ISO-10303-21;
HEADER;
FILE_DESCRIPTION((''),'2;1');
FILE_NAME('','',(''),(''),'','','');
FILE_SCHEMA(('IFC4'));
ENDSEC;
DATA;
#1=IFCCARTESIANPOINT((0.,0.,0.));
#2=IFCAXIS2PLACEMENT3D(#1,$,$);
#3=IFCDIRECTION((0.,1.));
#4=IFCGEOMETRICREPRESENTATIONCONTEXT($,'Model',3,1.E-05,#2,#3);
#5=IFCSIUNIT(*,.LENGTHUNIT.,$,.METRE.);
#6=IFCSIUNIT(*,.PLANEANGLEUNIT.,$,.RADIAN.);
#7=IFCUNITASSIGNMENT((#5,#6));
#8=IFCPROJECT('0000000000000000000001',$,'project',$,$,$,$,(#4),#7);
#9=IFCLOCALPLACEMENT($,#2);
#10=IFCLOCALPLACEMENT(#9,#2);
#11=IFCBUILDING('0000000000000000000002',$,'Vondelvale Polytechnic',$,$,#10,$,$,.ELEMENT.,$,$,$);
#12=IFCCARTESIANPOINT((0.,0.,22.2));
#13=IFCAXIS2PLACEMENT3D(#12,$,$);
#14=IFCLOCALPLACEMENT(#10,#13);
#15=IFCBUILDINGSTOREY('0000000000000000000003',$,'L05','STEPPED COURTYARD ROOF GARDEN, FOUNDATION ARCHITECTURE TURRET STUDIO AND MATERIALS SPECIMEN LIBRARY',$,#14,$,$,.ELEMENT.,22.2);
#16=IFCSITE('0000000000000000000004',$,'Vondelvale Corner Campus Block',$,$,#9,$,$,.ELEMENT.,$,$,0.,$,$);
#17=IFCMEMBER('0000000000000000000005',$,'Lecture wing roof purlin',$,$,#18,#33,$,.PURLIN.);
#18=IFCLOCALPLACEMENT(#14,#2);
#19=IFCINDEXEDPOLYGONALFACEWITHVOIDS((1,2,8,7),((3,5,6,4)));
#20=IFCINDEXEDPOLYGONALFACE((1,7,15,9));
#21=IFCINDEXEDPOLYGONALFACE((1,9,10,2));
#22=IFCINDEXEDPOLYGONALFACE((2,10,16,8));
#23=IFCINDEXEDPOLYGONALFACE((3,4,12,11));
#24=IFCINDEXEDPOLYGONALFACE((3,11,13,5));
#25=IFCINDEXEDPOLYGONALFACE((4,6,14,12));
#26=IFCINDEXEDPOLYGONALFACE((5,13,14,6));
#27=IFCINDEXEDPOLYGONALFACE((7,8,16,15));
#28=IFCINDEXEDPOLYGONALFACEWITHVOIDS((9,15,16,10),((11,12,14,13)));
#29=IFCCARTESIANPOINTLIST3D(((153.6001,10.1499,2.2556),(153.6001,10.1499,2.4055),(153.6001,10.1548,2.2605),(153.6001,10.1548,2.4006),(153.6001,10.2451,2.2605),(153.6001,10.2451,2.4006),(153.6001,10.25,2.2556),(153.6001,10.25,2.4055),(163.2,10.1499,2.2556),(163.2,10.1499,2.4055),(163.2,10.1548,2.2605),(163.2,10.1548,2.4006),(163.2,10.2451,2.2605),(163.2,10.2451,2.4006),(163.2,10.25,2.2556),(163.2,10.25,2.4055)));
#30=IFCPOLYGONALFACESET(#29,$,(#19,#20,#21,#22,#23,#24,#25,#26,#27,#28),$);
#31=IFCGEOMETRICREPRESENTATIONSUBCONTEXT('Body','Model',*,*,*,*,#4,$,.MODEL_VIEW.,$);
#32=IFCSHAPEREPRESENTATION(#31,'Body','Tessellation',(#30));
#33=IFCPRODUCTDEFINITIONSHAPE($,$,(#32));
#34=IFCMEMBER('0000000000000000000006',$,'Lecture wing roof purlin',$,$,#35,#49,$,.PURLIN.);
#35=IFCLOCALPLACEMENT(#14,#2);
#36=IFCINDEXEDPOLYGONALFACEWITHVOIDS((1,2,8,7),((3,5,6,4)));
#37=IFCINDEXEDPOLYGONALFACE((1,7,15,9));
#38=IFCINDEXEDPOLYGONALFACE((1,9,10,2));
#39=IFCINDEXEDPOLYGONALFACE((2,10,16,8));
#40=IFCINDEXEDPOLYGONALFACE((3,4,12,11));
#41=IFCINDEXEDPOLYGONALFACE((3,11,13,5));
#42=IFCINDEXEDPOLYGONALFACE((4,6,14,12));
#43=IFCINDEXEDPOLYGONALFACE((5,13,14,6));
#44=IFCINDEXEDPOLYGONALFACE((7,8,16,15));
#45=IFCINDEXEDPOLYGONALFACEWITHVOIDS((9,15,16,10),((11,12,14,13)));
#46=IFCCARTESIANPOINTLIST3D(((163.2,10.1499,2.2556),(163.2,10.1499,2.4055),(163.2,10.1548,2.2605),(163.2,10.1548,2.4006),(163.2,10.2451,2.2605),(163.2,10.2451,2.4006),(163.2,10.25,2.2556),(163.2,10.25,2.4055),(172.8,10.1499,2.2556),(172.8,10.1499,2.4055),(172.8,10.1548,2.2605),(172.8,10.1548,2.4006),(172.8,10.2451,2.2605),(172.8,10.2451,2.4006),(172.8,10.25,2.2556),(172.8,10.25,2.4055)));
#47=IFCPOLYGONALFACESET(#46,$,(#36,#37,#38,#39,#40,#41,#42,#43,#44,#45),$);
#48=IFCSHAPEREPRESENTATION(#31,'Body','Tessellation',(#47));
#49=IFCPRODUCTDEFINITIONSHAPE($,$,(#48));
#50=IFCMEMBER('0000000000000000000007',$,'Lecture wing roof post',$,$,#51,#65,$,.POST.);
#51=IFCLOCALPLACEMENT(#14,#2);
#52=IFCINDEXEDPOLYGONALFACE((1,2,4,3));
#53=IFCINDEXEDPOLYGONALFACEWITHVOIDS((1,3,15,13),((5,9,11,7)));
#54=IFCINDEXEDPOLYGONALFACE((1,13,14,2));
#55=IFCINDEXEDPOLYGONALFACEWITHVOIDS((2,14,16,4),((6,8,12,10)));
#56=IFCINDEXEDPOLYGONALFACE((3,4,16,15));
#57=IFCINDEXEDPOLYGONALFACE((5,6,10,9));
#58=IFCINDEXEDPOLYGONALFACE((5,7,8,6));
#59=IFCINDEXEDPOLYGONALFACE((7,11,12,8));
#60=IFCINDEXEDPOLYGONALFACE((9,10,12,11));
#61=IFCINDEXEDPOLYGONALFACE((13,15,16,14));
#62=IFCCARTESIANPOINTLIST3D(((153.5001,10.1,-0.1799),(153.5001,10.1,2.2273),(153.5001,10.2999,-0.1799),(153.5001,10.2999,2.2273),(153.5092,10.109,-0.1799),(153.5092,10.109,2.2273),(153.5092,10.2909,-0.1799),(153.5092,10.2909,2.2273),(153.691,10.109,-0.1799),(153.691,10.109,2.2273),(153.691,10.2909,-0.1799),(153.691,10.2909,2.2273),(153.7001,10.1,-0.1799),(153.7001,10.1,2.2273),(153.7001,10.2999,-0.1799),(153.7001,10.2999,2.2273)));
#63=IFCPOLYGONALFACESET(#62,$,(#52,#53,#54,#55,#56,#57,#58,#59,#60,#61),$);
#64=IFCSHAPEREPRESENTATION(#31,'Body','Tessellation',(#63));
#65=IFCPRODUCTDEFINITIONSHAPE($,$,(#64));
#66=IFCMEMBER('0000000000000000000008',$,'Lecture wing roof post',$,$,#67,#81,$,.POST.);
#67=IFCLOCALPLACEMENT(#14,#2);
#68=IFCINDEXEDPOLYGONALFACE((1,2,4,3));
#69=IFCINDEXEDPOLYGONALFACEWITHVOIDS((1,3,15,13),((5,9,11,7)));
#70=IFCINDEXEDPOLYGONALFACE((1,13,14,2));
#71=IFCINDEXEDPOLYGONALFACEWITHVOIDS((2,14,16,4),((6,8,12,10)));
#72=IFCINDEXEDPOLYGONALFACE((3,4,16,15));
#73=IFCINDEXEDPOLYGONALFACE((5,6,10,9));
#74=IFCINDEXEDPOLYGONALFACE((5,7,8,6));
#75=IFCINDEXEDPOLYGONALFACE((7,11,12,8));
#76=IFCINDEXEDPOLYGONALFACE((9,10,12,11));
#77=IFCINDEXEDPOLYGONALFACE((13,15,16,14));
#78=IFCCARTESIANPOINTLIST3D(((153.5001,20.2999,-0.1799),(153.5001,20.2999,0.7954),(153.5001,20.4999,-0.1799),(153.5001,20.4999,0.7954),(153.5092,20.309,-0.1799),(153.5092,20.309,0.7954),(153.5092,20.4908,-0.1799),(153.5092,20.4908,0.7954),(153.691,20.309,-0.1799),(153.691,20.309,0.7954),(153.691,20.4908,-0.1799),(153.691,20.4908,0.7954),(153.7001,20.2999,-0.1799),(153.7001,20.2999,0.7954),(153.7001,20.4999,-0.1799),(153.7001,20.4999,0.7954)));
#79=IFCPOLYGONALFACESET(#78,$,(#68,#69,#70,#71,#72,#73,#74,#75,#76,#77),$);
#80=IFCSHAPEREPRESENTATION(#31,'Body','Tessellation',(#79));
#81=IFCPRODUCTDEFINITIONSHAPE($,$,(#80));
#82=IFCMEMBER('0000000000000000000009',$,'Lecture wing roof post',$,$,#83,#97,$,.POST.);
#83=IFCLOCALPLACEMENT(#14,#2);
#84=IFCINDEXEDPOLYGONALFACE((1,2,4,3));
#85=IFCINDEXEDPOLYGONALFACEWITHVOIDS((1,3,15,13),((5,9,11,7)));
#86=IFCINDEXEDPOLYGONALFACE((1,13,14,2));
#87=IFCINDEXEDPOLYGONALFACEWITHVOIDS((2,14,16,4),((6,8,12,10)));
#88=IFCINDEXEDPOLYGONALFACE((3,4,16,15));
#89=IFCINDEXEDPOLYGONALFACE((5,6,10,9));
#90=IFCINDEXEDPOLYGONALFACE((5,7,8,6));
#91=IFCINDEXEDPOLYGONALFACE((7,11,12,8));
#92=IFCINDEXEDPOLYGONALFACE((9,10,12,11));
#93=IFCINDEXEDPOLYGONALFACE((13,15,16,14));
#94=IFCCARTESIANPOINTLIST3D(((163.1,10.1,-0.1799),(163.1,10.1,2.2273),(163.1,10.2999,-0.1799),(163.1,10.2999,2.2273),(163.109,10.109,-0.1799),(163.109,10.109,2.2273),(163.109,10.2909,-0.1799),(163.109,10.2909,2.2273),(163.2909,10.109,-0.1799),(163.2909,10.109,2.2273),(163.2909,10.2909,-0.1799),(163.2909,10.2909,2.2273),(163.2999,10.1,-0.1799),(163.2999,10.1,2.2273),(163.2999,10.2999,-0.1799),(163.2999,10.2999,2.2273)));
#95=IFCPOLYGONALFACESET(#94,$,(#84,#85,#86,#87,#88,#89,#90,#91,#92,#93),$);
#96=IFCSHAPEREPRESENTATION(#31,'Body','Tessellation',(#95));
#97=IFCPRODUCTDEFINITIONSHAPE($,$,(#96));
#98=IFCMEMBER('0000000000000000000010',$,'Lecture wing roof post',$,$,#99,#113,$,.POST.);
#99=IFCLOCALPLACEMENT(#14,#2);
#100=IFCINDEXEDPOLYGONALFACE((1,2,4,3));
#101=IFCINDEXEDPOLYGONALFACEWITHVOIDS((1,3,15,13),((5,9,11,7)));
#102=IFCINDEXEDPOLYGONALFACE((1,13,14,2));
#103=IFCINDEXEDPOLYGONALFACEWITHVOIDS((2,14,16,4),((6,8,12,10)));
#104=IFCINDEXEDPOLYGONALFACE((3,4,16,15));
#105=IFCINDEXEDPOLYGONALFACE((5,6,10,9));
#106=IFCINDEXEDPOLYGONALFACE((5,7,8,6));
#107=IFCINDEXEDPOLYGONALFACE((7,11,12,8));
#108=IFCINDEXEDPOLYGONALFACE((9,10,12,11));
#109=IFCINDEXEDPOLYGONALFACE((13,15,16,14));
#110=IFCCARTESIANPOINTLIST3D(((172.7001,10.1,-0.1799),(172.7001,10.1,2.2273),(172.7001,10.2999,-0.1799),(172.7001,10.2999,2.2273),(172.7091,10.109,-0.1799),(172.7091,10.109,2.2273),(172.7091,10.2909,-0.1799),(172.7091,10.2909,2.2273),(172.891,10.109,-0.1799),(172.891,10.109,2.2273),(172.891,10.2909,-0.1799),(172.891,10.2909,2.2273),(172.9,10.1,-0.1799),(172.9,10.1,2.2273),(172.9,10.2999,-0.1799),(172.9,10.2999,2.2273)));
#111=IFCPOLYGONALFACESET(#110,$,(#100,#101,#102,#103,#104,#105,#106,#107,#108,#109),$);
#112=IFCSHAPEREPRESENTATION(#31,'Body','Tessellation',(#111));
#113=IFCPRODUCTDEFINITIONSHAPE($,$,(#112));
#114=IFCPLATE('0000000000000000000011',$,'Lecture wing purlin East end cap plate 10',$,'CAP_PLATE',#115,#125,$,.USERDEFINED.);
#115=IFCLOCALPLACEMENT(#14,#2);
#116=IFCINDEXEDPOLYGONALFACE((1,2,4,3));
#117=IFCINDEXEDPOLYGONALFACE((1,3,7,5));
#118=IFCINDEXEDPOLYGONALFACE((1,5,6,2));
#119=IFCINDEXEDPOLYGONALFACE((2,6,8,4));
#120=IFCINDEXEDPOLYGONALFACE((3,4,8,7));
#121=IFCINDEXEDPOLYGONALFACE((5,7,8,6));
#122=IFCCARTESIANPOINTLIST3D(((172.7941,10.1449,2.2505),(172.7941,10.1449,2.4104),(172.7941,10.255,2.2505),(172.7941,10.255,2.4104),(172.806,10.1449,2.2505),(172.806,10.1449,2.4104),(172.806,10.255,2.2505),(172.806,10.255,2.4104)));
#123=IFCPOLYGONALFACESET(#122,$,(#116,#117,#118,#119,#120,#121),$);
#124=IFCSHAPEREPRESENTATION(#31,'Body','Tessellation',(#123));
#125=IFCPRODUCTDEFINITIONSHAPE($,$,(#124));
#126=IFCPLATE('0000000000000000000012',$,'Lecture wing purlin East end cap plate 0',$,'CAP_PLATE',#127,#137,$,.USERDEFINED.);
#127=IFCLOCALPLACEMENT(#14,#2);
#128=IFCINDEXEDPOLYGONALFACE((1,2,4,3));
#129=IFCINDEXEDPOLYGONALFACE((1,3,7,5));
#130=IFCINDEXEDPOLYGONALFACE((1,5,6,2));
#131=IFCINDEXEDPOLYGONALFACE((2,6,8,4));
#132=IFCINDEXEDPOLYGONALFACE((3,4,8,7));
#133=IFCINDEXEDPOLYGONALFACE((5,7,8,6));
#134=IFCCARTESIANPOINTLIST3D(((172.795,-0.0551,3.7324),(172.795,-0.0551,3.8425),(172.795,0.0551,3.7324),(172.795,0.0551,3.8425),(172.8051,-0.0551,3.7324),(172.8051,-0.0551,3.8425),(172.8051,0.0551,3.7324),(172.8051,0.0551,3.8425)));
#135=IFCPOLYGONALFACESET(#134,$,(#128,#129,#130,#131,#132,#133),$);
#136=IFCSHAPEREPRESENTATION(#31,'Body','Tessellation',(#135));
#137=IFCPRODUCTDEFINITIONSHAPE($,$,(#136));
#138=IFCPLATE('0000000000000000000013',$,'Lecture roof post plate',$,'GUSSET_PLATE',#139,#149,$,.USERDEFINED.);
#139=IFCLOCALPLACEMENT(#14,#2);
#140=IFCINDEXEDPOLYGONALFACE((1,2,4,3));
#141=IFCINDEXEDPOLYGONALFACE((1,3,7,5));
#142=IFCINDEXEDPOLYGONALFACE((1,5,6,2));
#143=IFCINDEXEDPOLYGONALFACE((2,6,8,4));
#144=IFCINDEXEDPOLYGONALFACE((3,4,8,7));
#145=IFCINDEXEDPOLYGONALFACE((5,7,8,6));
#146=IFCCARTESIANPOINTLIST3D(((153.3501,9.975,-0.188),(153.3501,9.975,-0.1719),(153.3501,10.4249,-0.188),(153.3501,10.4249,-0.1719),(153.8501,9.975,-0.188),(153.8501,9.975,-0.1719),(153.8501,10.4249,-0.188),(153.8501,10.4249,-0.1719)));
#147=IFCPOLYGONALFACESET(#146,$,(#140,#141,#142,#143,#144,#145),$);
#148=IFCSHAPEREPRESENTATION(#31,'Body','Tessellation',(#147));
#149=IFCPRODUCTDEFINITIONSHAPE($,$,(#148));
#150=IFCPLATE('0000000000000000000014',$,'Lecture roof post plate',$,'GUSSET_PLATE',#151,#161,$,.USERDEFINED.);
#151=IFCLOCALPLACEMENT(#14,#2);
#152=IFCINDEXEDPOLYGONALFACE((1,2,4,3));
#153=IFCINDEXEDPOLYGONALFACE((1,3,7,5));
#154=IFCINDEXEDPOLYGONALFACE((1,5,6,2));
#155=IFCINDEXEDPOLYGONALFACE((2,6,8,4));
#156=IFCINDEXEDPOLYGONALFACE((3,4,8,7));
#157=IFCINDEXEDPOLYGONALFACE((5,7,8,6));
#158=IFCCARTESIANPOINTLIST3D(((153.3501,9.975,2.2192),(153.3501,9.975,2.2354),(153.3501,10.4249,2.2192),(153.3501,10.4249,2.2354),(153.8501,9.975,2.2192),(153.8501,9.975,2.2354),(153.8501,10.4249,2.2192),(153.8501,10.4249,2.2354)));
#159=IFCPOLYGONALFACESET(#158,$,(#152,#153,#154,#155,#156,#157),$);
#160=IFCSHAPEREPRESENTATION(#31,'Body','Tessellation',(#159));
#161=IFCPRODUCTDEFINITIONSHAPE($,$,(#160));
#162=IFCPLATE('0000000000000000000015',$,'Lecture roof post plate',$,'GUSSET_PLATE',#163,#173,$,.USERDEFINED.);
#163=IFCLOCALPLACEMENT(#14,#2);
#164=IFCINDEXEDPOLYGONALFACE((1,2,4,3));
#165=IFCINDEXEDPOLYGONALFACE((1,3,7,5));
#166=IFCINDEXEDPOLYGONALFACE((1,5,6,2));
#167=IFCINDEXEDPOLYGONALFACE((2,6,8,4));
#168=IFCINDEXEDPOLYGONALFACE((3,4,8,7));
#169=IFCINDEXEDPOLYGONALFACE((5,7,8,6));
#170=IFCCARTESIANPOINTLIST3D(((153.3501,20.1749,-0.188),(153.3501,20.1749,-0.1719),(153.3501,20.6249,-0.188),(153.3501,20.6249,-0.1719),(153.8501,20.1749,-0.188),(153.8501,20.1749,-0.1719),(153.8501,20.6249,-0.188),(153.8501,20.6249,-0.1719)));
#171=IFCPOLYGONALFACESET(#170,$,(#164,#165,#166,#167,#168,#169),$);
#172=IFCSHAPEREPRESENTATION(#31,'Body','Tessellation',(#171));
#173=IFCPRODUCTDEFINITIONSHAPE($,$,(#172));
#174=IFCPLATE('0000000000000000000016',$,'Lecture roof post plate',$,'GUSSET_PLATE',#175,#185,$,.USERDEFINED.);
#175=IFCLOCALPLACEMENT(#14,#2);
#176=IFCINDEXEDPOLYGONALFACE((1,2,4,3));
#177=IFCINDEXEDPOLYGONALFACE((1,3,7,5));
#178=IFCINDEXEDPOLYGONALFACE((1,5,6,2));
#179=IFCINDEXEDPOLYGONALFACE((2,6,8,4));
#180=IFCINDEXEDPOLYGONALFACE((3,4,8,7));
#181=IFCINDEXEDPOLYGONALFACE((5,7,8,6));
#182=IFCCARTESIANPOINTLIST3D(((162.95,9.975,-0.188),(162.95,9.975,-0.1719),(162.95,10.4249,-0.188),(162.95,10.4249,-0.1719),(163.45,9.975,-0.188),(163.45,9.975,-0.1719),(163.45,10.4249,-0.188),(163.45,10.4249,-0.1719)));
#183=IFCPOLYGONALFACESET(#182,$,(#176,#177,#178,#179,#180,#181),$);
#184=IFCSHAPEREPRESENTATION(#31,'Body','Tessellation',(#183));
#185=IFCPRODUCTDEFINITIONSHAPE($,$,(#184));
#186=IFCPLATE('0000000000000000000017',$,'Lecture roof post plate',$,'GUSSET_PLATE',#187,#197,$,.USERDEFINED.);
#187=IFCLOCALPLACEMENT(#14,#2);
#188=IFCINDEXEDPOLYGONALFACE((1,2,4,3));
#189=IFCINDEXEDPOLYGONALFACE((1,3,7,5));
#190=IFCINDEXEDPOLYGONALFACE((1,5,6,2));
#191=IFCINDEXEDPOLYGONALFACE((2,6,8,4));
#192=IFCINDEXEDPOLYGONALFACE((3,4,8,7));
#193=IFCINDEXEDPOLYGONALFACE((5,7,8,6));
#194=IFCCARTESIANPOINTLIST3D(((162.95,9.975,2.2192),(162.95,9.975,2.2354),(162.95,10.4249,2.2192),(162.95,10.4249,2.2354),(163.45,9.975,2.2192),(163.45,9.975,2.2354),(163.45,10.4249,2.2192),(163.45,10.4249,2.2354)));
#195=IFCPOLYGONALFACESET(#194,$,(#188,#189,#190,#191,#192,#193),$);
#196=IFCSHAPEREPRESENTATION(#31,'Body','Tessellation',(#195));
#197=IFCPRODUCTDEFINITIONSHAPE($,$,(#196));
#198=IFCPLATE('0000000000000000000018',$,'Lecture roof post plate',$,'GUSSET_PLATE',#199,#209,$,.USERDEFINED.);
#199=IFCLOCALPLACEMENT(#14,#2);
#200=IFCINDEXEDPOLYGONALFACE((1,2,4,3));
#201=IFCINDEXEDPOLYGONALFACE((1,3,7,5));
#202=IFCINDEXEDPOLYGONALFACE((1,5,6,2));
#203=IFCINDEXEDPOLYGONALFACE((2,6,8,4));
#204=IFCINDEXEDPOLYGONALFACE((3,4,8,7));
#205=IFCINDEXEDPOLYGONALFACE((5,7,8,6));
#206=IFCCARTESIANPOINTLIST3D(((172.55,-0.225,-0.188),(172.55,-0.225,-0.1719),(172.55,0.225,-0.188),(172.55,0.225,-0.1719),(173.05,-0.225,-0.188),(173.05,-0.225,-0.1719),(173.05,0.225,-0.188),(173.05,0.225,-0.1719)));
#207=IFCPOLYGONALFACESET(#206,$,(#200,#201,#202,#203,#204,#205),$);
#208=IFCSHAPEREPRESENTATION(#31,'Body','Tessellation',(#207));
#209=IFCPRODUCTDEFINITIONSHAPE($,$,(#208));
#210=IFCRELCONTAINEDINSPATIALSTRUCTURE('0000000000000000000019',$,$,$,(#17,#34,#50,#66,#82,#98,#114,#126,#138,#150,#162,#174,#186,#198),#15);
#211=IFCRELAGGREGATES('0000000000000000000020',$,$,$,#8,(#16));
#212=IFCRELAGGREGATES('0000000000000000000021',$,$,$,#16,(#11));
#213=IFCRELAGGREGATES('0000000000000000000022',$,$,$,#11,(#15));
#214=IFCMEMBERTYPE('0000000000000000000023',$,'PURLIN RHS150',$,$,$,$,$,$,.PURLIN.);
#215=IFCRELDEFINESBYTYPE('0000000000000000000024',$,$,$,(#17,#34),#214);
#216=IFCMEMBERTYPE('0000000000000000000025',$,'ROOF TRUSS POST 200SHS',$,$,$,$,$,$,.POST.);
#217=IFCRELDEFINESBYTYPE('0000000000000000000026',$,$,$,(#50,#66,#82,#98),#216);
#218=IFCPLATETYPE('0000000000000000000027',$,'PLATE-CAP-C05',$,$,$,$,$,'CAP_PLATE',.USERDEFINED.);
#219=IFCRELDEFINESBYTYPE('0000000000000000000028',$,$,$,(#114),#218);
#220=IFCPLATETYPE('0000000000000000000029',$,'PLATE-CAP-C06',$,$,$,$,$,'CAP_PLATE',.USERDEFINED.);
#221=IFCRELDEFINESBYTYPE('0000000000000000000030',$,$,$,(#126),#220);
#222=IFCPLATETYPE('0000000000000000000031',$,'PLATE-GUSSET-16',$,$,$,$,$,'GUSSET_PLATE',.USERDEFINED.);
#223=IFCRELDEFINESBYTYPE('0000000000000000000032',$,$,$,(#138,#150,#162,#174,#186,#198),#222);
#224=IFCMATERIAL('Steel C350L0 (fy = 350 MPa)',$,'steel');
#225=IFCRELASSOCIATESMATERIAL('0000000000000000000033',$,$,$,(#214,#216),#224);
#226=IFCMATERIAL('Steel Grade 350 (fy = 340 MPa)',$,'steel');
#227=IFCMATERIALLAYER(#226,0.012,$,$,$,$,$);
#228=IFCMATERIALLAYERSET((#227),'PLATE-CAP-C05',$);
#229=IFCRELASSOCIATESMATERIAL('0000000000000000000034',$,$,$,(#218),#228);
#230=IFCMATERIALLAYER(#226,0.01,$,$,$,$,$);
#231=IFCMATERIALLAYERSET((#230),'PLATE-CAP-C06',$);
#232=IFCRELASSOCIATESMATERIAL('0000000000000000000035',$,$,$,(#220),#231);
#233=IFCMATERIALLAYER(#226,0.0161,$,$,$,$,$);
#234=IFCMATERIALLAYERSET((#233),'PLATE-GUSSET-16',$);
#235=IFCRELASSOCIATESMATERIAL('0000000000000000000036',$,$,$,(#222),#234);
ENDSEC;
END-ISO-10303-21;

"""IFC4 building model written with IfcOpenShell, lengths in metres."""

from ifc_helpers import new_model, si_unit, direction, frame, origin, origin_2d, place, context, subcontext, project, spatial, rectangle, hollow_rectangle, extrude, material, layer, layer_set, material_profile, profile_set, type_object, element, save


model = new_model("IFC4")

# Units and contexts
model_context = context("Model", 3, precision=1e-05, world=origin(), true_north=direction((0.0, 1.0)))
body_context = subcontext(model_context, "Body", "Model", "MODEL_VIEW")
ifc_project = project(units=[si_unit("LENGTHUNIT", "METRE"), si_unit("PLANEANGLEUNIT", "RADIAN")], contexts=[model_context])

# Site, building, storey
site_placement = place(None, origin())
site = spatial("IfcSite", under=ifc_project, at=site_placement, Name="Vondelvale Corner Campus Block", CompositionType="ELEMENT", RefElevation=0.0)
building_placement = place(site_placement, origin())
building = spatial("IfcBuilding", under=site, at=building_placement, Name="Vondelvale Polytechnic", CompositionType="ELEMENT")
storey_placement = place(building_placement, frame((0.0, 0.0, 22.2)))
storey = spatial("IfcBuildingStorey", under=building, at=storey_placement, Name="L05", Description="STEPPED COURTYARD ROOF GARDEN, FOUNDATION ARCHITECTURE TURRET STUDIO AND MATERIALS SPECIMEN LIBRARY", CompositionType="ELEMENT", Elevation=22.2)

# Members
ifc_material_1 = material(Name="Steel C350L0 (fy = 350 MPa)", Category="steel")
ifc_material_profile_1 = material_profile(ifc_material_1, hollow_rectangle(XDim=0.1001, YDim=0.1499, WallThickness=0.0049, at=origin_2d()), Name="150x100x5.0RHS")
ifc_profile_set_1 = profile_set([ifc_material_profile_1], Name="Steel C350L0 (fy = 350 MPa)")
member_type_1 = type_object("IfcMemberType", Name="PURLIN RHS150", PredefinedType="PURLIN", material=ifc_profile_set_1)
member_1_placement = place(storey_placement, frame((153.6001, 10.2, 2.3306), z_axis=(1.0, 0.0, 0.0), x_axis=(0.0, 1.0, 0.0)))
element("IfcMember", 1, at=member_1_placement, inside=storey, type_object=member_type_1, Name="Lecture wing roof purlin", PredefinedType="PURLIN", context=body_context, shape_type="SweptSolid", body=[
    extrude(hollow_rectangle(XDim=0.1001, YDim=0.1499, WallThickness=0.0049, at=origin_2d()), origin(), (0.0, 0.0, 1.0), 9.5999),
])
member_2_placement = place(storey_placement, frame((163.2, 10.2, 2.3306), z_axis=(1.0, 0.0, 0.0), x_axis=(0.0, 1.0, 0.0)))
element("IfcMember", 2, at=member_2_placement, inside=storey, type_object=member_type_1, Name="Lecture wing roof purlin", PredefinedType="PURLIN", context=body_context, shape_type="SweptSolid", body=[
    extrude(hollow_rectangle(XDim=0.1001, YDim=0.1499, WallThickness=0.0049, at=origin_2d()), origin(), (0.0, 0.0, 1.0), 9.6001),
])
ifc_material_profile_2 = material_profile(ifc_material_1, hollow_rectangle(XDim=0.2, YDim=0.2, WallThickness=0.009, at=origin_2d()), Name="200x200x9.0SHS")
ifc_profile_set_2 = profile_set([ifc_material_profile_2], Name="Steel C350L0 (fy = 350 MPa)")
member_type_2 = type_object("IfcMemberType", Name="ROOF TRUSS POST 200SHS", PredefinedType="POST", material=ifc_profile_set_2)
member_3_placement = place(storey_placement, frame((153.6001, 10.2, -0.1799), z_axis=(0.0, 0.0, 1.0), x_axis=(1.0, 0.0, 0.0)))
element("IfcMember", 3, at=member_3_placement, inside=storey, type_object=member_type_2, Name="Lecture wing roof post", PredefinedType="POST", context=body_context, shape_type="SweptSolid", body=[
    extrude(hollow_rectangle(XDim=0.2, YDim=0.2, WallThickness=0.009, at=origin_2d()), origin(), (0.0, 0.0, 1.0), 2.4072),
])
member_4_placement = place(storey_placement, frame((153.6001, 20.3999, -0.1799), z_axis=(0.0, 0.0, 1.0), x_axis=(1.0, 0.0, 0.0)))
element("IfcMember", 4, at=member_4_placement, inside=storey, type_object=member_type_2, Name="Lecture wing roof post", PredefinedType="POST", context=body_context, shape_type="SweptSolid", body=[
    extrude(hollow_rectangle(XDim=0.2, YDim=0.2, WallThickness=0.009, at=origin_2d()), origin(), (0.0, 0.0, 1.0), 0.9753),
])
for number, where, z_axis, x_axis, name in (
    (5, (163.2, 10.2, -0.1799), (0.0, 0.0, 1.0), (1.0, 0.0, 0.0), "Lecture wing roof post"),
    (6, (172.8, 10.2, -0.1799), (0.0, 0.0, 1.0), (1.0, 0.0, 0.0), "Lecture wing roof post"),
):
    element("IfcMember", number, at=place(storey_placement, frame(where, z_axis=z_axis, x_axis=x_axis)), inside=storey, type_object=member_type_2, Name=name, PredefinedType="POST", context=body_context, shape_type="SweptSolid", body=[
        extrude(hollow_rectangle(XDim=0.2, YDim=0.2, WallThickness=0.009, at=origin_2d()), origin(), (0.0, 0.0, 1.0), 2.4072),
    ])

# Plates
ifc_material_2 = material(Name="Steel Grade 350 (fy = 340 MPa)", Category="steel")
ifc_layer_1 = layer(ifc_material_2, 0.012)
ifc_layer_set_1 = layer_set([ifc_layer_1], Name="PLATE-CAP-C05")
plate_type_1 = type_object("IfcPlateType", Name="PLATE-CAP-C05", ElementType="CAP_PLATE", PredefinedType="USERDEFINED", material=ifc_layer_set_1)
plate_1_placement = place(storey_placement, frame((172.8, 10.2, 2.2505), z_axis=(0.0, 0.0, 1.0), x_axis=(1.0, 0.0, 0.0)))
element("IfcPlate", 7, at=plate_1_placement, inside=storey, type_object=plate_type_1, Name="Lecture wing purlin East end cap plate 10", ObjectType="CAP_PLATE", PredefinedType="USERDEFINED", context=body_context, shape_type="SweptSolid", body=[
    extrude(rectangle(XDim=0.012, YDim=0.1101, at=origin_2d()), origin(), (0.0, 0.0, 1.0), 0.1599),
])
ifc_layer_2 = layer(ifc_material_2, 0.01)
ifc_layer_set_2 = layer_set([ifc_layer_2], Name="PLATE-CAP-C06")
plate_type_2 = type_object("IfcPlateType", Name="PLATE-CAP-C06", ElementType="CAP_PLATE", PredefinedType="USERDEFINED", material=ifc_layer_set_2)
plate_2_placement = place(storey_placement, frame((172.8, 0.0, 3.7324), z_axis=(0.0, 0.0, 1.0), x_axis=(1.0, 0.0, 0.0)))
element("IfcPlate", 8, at=plate_2_placement, inside=storey, type_object=plate_type_2, Name="Lecture wing purlin East end cap plate 0", ObjectType="CAP_PLATE", PredefinedType="USERDEFINED", context=body_context, shape_type="SweptSolid", body=[
    extrude(rectangle(XDim=0.01, YDim=0.1101, at=origin_2d()), origin(), (0.0, 0.0, 1.0), 0.1101),
])
ifc_layer_3 = layer(ifc_material_2, 0.0161)
ifc_layer_set_3 = layer_set([ifc_layer_3], Name="PLATE-GUSSET-16")
plate_type_3 = type_object("IfcPlateType", Name="PLATE-GUSSET-16", ElementType="GUSSET_PLATE", PredefinedType="USERDEFINED", material=ifc_layer_set_3)
for number, where, z_axis, x_axis, name in (
    (9, (153.6001, 10.2, -0.188), (0.0, 0.0, 1.0), (1.0, 0.0, 0.0), "Lecture roof post plate"),
    (10, (153.6001, 10.2, 2.2192), (0.0, 0.0, 1.0), (1.0, 0.0, 0.0), "Lecture roof post plate"),
    (11, (153.6001, 20.3999, -0.188), (0.0, 0.0, 1.0), (1.0, 0.0, 0.0), "Lecture roof post plate"),
    (12, (163.2, 10.2, -0.188), (0.0, 0.0, 1.0), (1.0, 0.0, 0.0), "Lecture roof post plate"),
    (13, (163.2, 10.2, 2.2192), (0.0, 0.0, 1.0), (1.0, 0.0, 0.0), "Lecture roof post plate"),
    (14, (172.8, 0.0, -0.188), (0.0, 0.0, 1.0), (1.0, 0.0, 0.0), "Lecture roof post plate"),
):
    element("IfcPlate", number, at=place(storey_placement, frame(where, z_axis=z_axis, x_axis=x_axis)), inside=storey, type_object=plate_type_3, Name=name, ObjectType="GUSSET_PLATE", PredefinedType="USERDEFINED", context=body_context, shape_type="SweptSolid", body=[
        extrude(rectangle(XDim=0.5, YDim=0.45, at=origin_2d()), origin(), (0.0, 0.0, 1.0), 0.0161),
    ])

save(model, "model.ifc")
